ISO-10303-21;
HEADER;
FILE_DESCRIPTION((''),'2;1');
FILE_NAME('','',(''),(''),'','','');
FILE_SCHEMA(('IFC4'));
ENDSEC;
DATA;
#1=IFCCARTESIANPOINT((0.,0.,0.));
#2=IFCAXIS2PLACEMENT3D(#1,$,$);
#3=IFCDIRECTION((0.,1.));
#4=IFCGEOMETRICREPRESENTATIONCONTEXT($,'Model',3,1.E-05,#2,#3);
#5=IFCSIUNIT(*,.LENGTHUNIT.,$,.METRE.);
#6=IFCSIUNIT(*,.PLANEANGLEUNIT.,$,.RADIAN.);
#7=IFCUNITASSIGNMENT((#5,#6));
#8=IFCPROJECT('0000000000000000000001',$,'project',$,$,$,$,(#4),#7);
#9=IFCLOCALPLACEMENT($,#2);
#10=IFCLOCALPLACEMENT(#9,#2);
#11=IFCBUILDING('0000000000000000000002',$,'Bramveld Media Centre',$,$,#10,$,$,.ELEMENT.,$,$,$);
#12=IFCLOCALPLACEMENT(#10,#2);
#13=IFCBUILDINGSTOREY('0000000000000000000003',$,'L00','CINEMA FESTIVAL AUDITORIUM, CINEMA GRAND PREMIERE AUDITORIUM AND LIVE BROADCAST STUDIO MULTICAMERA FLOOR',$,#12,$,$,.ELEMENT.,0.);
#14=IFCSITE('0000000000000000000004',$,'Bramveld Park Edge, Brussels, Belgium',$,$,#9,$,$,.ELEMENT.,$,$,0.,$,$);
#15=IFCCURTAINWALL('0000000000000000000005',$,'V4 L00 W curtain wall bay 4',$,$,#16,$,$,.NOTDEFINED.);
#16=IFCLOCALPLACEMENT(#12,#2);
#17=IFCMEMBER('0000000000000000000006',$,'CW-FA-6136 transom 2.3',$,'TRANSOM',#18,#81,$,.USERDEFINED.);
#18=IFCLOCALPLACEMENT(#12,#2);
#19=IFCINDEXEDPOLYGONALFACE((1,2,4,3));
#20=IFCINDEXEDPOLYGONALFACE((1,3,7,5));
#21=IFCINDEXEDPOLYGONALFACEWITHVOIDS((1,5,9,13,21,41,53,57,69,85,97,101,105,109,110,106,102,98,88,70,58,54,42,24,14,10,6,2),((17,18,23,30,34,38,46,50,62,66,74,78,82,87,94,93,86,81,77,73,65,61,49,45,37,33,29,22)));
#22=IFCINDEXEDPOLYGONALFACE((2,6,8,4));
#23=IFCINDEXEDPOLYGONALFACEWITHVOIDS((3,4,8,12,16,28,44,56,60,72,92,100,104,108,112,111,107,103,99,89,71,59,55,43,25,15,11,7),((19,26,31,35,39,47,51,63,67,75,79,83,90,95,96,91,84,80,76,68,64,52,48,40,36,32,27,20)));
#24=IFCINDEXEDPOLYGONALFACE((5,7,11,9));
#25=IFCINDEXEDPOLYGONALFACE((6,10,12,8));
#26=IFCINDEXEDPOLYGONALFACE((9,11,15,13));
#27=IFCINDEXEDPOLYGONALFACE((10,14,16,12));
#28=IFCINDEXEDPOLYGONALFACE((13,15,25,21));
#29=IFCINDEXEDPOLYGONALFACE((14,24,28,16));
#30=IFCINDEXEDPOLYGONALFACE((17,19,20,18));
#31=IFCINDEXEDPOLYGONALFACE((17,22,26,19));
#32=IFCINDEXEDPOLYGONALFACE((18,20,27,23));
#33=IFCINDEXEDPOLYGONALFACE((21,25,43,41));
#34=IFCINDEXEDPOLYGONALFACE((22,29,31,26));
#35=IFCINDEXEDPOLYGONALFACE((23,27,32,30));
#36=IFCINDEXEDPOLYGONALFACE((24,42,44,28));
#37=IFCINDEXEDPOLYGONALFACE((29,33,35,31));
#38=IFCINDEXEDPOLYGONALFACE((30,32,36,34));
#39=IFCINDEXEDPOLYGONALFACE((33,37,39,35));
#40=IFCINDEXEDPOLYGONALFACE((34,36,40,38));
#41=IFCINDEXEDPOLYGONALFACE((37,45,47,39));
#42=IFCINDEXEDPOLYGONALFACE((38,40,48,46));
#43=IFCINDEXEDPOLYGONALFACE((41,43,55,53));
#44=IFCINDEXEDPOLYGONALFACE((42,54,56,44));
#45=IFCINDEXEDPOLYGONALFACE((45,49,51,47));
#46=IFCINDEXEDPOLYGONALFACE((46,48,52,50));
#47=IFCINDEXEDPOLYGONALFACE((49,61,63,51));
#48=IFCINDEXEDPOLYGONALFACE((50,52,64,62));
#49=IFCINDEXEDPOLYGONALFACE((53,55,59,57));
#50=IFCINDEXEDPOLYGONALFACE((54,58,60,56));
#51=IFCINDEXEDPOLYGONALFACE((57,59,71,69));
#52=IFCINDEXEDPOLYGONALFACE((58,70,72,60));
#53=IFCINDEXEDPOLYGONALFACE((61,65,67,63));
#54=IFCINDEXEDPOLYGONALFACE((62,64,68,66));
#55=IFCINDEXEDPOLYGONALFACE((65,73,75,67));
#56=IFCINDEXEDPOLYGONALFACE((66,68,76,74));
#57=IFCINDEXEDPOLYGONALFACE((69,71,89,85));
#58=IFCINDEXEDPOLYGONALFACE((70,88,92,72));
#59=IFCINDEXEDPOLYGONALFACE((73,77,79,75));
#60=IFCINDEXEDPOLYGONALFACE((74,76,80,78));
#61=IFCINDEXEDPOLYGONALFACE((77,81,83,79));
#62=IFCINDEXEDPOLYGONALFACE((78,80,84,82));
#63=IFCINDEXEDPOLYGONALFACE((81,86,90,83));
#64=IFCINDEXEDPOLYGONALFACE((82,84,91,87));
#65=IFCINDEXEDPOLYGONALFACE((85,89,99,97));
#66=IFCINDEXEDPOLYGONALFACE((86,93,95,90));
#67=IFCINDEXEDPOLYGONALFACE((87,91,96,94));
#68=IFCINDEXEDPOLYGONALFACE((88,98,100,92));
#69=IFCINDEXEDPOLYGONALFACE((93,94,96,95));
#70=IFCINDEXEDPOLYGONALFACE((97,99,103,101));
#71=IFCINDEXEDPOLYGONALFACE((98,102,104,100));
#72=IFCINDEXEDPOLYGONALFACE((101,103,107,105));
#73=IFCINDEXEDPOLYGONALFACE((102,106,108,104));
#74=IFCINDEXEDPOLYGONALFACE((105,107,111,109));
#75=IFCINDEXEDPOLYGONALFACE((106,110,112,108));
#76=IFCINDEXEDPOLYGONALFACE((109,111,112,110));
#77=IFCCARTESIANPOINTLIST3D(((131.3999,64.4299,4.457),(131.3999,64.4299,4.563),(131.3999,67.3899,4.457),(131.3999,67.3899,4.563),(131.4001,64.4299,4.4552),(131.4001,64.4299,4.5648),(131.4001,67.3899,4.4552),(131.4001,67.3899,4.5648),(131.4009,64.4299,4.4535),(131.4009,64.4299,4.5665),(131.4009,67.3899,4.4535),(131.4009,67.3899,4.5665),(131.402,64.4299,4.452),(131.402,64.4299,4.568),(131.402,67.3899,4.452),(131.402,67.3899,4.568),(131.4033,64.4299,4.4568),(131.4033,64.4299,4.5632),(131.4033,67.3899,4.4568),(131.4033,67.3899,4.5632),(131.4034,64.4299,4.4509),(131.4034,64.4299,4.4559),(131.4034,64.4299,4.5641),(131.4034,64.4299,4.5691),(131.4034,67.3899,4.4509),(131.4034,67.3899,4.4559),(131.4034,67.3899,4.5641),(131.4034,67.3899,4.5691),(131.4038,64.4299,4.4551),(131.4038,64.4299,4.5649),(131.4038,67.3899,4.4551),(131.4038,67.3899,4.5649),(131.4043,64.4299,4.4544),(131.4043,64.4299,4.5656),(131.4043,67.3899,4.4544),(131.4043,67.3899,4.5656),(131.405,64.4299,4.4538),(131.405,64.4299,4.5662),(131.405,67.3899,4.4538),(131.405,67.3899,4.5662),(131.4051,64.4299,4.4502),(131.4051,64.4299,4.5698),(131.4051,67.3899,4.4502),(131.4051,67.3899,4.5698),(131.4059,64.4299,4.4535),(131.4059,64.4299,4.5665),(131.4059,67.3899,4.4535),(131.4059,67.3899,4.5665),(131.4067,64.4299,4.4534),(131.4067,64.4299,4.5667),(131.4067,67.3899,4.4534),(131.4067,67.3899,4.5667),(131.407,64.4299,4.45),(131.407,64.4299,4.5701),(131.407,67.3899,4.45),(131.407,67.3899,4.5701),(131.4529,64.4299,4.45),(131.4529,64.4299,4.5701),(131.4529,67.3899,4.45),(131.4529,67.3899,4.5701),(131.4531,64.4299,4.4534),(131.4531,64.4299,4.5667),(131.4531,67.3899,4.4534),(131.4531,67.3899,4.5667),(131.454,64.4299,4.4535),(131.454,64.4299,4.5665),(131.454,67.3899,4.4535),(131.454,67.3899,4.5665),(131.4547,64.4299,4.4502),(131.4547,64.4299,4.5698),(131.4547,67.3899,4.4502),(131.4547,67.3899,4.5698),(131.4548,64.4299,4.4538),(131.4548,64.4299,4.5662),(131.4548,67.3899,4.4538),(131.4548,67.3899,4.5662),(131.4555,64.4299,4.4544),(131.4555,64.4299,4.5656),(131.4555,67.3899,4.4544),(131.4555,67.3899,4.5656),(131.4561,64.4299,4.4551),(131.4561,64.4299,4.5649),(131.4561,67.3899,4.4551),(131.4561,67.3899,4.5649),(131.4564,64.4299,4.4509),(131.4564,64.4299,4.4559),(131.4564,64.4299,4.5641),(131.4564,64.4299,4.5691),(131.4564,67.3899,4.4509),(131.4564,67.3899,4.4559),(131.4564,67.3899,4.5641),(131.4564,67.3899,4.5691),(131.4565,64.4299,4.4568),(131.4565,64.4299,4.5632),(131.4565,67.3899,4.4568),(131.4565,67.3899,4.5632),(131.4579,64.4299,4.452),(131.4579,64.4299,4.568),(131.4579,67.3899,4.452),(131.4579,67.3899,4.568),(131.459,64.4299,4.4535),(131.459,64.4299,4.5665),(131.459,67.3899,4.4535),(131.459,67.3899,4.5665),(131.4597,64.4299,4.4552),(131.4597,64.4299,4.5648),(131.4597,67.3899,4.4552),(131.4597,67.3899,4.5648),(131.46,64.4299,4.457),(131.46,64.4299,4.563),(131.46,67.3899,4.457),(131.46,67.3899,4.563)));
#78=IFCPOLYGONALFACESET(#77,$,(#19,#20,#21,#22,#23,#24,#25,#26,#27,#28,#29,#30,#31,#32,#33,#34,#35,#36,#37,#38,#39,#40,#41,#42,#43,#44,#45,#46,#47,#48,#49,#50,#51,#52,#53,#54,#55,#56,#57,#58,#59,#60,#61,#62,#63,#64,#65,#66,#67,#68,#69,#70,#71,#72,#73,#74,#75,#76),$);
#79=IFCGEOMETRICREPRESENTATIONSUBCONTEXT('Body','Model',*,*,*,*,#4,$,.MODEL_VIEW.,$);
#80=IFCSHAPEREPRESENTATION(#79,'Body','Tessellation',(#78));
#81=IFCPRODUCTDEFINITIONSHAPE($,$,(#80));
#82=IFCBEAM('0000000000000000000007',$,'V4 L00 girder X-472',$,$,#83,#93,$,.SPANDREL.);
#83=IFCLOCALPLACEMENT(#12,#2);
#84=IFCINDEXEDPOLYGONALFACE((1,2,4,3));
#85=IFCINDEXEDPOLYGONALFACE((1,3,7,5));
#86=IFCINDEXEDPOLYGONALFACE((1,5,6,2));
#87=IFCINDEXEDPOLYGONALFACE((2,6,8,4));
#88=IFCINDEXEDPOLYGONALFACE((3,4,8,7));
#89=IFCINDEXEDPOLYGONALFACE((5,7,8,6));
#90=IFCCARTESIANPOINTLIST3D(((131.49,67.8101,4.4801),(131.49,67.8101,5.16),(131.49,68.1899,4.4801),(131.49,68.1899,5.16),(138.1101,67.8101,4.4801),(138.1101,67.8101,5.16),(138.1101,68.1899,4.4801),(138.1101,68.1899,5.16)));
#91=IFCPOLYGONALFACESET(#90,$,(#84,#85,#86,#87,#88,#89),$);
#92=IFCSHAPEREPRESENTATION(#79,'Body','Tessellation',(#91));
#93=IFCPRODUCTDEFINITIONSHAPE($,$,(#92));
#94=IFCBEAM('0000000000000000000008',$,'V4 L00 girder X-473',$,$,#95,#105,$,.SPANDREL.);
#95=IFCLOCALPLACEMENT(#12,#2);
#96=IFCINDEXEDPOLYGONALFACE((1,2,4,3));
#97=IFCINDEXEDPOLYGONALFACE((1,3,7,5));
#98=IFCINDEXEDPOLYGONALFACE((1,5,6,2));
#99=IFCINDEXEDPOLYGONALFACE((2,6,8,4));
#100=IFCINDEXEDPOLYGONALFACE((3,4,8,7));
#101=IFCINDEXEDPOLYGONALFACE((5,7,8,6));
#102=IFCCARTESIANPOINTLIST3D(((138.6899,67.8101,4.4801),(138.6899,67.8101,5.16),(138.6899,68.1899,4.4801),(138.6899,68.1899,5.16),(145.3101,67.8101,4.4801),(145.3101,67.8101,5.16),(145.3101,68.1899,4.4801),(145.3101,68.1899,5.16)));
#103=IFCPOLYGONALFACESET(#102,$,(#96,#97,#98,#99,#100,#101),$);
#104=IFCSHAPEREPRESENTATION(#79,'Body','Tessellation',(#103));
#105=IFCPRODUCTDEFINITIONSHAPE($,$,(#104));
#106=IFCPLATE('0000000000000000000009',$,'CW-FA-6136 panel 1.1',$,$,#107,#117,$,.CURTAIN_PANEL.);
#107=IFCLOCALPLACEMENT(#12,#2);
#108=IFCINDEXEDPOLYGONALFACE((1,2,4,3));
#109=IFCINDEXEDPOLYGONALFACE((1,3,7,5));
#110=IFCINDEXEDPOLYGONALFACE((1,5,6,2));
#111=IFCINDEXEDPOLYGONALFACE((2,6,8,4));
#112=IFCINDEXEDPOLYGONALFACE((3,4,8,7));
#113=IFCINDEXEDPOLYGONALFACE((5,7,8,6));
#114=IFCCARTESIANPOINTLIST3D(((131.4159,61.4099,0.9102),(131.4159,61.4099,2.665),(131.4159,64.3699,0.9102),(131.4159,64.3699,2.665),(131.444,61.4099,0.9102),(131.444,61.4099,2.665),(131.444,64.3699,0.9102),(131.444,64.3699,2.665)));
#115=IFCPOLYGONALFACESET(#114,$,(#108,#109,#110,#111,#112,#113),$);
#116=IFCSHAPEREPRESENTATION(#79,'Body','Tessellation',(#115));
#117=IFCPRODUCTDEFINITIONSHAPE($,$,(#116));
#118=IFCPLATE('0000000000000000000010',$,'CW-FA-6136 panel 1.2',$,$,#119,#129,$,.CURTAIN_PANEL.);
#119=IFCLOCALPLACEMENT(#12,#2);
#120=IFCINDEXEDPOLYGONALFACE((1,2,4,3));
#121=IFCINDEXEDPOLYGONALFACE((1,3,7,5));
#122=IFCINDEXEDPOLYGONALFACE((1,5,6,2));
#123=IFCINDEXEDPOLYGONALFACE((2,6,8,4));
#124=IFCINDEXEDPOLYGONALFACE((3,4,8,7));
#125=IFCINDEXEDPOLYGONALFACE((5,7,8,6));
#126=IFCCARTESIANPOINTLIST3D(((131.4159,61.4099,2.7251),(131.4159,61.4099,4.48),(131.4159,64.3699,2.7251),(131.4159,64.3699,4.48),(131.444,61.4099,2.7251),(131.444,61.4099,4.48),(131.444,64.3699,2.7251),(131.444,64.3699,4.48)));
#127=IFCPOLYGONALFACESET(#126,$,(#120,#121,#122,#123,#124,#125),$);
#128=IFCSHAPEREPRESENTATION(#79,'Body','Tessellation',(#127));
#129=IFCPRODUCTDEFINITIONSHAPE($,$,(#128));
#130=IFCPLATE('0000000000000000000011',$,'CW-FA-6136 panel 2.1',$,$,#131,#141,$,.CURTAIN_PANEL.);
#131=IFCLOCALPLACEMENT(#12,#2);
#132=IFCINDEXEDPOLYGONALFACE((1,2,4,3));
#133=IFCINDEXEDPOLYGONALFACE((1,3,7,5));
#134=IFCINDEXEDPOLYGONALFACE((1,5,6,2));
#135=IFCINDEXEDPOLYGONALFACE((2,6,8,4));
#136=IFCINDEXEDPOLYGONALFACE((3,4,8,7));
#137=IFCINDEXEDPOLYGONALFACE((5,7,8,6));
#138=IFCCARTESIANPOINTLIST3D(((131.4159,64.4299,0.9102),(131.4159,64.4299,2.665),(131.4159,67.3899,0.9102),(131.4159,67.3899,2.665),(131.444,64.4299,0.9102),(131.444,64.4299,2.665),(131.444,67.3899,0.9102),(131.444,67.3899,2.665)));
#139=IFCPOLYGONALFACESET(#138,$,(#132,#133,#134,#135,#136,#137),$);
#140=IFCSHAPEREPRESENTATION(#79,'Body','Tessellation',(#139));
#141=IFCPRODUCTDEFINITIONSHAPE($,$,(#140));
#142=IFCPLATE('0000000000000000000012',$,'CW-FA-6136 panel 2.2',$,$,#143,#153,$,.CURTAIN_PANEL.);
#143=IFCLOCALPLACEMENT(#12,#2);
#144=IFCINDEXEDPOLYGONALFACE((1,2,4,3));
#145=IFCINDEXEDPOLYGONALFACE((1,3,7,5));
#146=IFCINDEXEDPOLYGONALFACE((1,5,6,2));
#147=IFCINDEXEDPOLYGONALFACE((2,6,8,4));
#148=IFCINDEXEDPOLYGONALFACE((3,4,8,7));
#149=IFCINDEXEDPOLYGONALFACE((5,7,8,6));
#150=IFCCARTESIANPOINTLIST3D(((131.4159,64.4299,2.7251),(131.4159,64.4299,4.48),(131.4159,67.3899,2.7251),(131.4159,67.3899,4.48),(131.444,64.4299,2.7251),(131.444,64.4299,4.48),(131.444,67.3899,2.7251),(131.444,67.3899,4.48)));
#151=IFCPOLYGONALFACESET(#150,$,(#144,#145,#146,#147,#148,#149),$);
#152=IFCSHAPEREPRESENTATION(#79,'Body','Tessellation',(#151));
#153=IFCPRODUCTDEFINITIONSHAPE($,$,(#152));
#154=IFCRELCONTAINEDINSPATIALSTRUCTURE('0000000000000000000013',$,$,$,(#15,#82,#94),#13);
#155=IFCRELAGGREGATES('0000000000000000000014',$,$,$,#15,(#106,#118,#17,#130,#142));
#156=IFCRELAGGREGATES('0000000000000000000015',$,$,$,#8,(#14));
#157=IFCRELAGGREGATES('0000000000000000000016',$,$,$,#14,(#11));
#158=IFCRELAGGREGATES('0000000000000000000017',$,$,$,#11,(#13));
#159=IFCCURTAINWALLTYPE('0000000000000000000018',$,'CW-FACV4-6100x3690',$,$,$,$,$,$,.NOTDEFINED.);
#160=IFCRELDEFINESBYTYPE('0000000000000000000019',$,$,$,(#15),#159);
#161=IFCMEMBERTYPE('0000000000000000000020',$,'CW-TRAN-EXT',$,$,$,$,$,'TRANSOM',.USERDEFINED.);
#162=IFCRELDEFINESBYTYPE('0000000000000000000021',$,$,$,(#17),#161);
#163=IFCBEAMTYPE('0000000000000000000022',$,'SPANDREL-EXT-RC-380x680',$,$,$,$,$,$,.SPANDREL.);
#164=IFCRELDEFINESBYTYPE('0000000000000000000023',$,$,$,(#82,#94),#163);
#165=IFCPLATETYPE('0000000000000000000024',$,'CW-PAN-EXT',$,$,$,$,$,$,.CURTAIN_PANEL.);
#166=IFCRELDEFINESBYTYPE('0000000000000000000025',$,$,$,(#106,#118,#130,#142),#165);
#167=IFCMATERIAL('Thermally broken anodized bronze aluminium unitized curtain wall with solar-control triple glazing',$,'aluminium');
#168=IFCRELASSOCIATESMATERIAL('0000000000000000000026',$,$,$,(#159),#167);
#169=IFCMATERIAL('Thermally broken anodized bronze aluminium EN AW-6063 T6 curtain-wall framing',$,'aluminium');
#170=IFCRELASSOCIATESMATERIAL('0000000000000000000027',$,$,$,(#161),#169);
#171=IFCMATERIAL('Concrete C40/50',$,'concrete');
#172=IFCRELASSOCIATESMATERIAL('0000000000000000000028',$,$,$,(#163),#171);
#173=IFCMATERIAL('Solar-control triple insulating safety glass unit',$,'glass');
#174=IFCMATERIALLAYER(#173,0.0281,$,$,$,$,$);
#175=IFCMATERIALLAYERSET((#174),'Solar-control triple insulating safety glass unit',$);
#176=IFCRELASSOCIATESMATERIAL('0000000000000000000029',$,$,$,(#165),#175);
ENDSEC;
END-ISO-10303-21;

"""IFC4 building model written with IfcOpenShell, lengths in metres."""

from ifc_helpers import new_model, si_unit, direction, frame, origin, origin_2d, place, context, subcontext, project, spatial, rectangle, hollow_rectangle, extrude, material, layer, layer_set, material_profile, profile_set, type_object, element, aggregate, save


model = new_model("IFC4")

# Units and contexts
model_context = context("Model", 3, precision=1e-05, world=origin(), true_north=direction((0.0, 1.0)))
body_context = subcontext(model_context, "Body", "Model", "MODEL_VIEW")
ifc_project = project(units=[si_unit("LENGTHUNIT", "METRE"), si_unit("PLANEANGLEUNIT", "RADIAN")], contexts=[model_context])

# Site, building, storey
site_placement = place(None, origin())
site = spatial("IfcSite", under=ifc_project, at=site_placement, Name="Bramveld Park Edge, Brussels, Belgium", CompositionType="ELEMENT", RefElevation=0.0)
building_placement = place(site_placement, origin())
building = spatial("IfcBuilding", under=site, at=building_placement, Name="Bramveld Media Centre", CompositionType="ELEMENT")
storey_placement = place(building_placement, origin())
storey = spatial("IfcBuildingStorey", under=building, at=storey_placement, Name="L00", Description="CINEMA FESTIVAL AUDITORIUM, CINEMA GRAND PREMIERE AUDITORIUM AND LIVE BROADCAST STUDIO MULTICAMERA FLOOR", CompositionType="ELEMENT", Elevation=0.0)

# Curtain wall, member
ifc_material_1 = material(Name="Thermally broken anodized bronze aluminium unitized curtain wall with solar-control triple glazing", Category="aluminium")
curtain_wall_type = type_object("IfcCurtainWallType", Name="CW-FACV4-6100x3690", PredefinedType="NOTDEFINED", material=ifc_material_1)
curtain_wall_placement = place(storey_placement, origin())
curtain_wall = element("IfcCurtainWall", 1, at=curtain_wall_placement, inside=storey, type_object=curtain_wall_type, Name="V4 L00 W curtain wall bay 4", PredefinedType="NOTDEFINED")
ifc_material_2 = material(Name="Thermally broken anodized bronze aluminium EN AW-6063 T6 curtain-wall framing", Category="aluminium")
ifc_material_profile_1 = material_profile(ifc_material_2, hollow_rectangle(XDim=0.0601, YDim=0.1201, WallThickness=0.0034, InnerFilletRadius=0.0034, OuterFilletRadius=0.0071, at=origin_2d()), Name="AL-TRAN 60x120")
ifc_profile_set_1 = profile_set([ifc_material_profile_1], Name="Thermally broken anodized bronze aluminium EN AW-6063 T6 curtain-wall framing")
member_type_1 = type_object("IfcMemberType", Name="CW-TRAN-EXT", ElementType="TRANSOM", PredefinedType="USERDEFINED", material=ifc_profile_set_1)
member_1_placement = place(storey_placement, frame((131.4299, 64.4299, 4.51), z_axis=(0.0, 1.0, 0.0), x_axis=(-1.0, 0.0, 0.0)))
member_1 = element("IfcMember", 2, at=member_1_placement, type_object=member_type_1, Name="CW-FA-6136 transom 2.3", ObjectType="TRANSOM", PredefinedType="USERDEFINED", context=body_context, shape_type="SweptSolid", body=[
    extrude(hollow_rectangle(XDim=0.0601, YDim=0.1201, WallThickness=0.0034, InnerFilletRadius=0.0034, OuterFilletRadius=0.0071, at=origin_2d()), origin(), (0.0, 0.0, 1.0), 2.96),
])

# Beams
ifc_material_3 = material(Name="Concrete C40/50", Category="concrete")
ifc_material_profile_2 = material_profile(ifc_material_3, rectangle(XDim=0.3799, YDim=0.6799, at=origin_2d()), Name="RC 380x680")
ifc_profile_set_2 = profile_set([ifc_material_profile_2], Name="Concrete C40/50")
beam_type = type_object("IfcBeamType", Name="SPANDREL-EXT-RC-380x680", PredefinedType="SPANDREL", material=ifc_profile_set_2)
for number, where, z_axis, x_axis, name in (
    (3, (131.49, 68.0, 4.8201), (1.0, 0.0, 0.0), (0.0, 1.0, 0.0), "V4 L00 girder X-472"),
    (4, (138.6899, 68.0, 4.8201), (1.0, 0.0, 0.0), (0.0, 1.0, 0.0), "V4 L00 girder X-473"),
):
    element("IfcBeam", number, at=place(storey_placement, frame(where, z_axis=z_axis, x_axis=x_axis)), inside=storey, type_object=beam_type, Name=name, PredefinedType="SPANDREL", context=body_context, shape_type="SweptSolid", body=[
        extrude(rectangle(XDim=0.3799, YDim=0.6799, at=origin_2d()), origin(), (0.0, 0.0, 1.0), 6.6201),
    ])

# Plates
ifc_material_4 = material(Name="Solar-control triple insulating safety glass unit", Category="glass")
ifc_layer_1 = layer(ifc_material_4, 0.0281)
ifc_layer_set_1 = layer_set([ifc_layer_1], Name="Solar-control triple insulating safety glass unit")
plate_type = type_object("IfcPlateType", Name="CW-PAN-EXT", PredefinedType="CURTAIN_PANEL", material=ifc_layer_set_1)
plate_1_placement = place(storey_placement, frame((131.4299, 62.8899, 0.9102), z_axis=(0.0, 0.0, 1.0), x_axis=(0.0, 1.0, 0.0)))
plate_1 = element("IfcPlate", 5, at=plate_1_placement, type_object=plate_type, Name="CW-FA-6136 panel 1.1", PredefinedType="CURTAIN_PANEL", context=body_context, shape_type="SweptSolid", body=[
    extrude(rectangle(XDim=2.96, YDim=0.0281, at=origin_2d()), origin(), (0.0, 0.0, 1.0), 1.7549),
])
plate_2_placement = place(storey_placement, frame((131.4299, 62.8899, 2.7251), z_axis=(0.0, 0.0, 1.0), x_axis=(0.0, 1.0, 0.0)))
plate_2 = element("IfcPlate", 6, at=plate_2_placement, type_object=plate_type, Name="CW-FA-6136 panel 1.2", PredefinedType="CURTAIN_PANEL", context=body_context, shape_type="SweptSolid", body=[
    extrude(rectangle(XDim=2.96, YDim=0.0281, at=origin_2d()), origin(), (0.0, 0.0, 1.0), 1.7549),
])
plate_3_placement = place(storey_placement, frame((131.4299, 65.9099, 0.9102), z_axis=(0.0, 0.0, 1.0), x_axis=(0.0, 1.0, 0.0)))
plate_3 = element("IfcPlate", 7, at=plate_3_placement, type_object=plate_type, Name="CW-FA-6136 panel 2.1", PredefinedType="CURTAIN_PANEL", context=body_context, shape_type="SweptSolid", body=[
    extrude(rectangle(XDim=2.96, YDim=0.0281, at=origin_2d()), origin(), (0.0, 0.0, 1.0), 1.7549),
])
plate_4_placement = place(storey_placement, frame((131.4299, 65.9099, 2.7251), z_axis=(0.0, 0.0, 1.0), x_axis=(0.0, 1.0, 0.0)))
plate_4 = element("IfcPlate", 8, at=plate_4_placement, type_object=plate_type, Name="CW-FA-6136 panel 2.2", PredefinedType="CURTAIN_PANEL", context=body_context, shape_type="SweptSolid", body=[
    extrude(rectangle(XDim=2.96, YDim=0.0281, at=origin_2d()), origin(), (0.0, 0.0, 1.0), 1.7549),
])
aggregate(curtain_wall, [plate_1, plate_2, member_1, plate_3, plate_4])

save(model, "model.ifc")
